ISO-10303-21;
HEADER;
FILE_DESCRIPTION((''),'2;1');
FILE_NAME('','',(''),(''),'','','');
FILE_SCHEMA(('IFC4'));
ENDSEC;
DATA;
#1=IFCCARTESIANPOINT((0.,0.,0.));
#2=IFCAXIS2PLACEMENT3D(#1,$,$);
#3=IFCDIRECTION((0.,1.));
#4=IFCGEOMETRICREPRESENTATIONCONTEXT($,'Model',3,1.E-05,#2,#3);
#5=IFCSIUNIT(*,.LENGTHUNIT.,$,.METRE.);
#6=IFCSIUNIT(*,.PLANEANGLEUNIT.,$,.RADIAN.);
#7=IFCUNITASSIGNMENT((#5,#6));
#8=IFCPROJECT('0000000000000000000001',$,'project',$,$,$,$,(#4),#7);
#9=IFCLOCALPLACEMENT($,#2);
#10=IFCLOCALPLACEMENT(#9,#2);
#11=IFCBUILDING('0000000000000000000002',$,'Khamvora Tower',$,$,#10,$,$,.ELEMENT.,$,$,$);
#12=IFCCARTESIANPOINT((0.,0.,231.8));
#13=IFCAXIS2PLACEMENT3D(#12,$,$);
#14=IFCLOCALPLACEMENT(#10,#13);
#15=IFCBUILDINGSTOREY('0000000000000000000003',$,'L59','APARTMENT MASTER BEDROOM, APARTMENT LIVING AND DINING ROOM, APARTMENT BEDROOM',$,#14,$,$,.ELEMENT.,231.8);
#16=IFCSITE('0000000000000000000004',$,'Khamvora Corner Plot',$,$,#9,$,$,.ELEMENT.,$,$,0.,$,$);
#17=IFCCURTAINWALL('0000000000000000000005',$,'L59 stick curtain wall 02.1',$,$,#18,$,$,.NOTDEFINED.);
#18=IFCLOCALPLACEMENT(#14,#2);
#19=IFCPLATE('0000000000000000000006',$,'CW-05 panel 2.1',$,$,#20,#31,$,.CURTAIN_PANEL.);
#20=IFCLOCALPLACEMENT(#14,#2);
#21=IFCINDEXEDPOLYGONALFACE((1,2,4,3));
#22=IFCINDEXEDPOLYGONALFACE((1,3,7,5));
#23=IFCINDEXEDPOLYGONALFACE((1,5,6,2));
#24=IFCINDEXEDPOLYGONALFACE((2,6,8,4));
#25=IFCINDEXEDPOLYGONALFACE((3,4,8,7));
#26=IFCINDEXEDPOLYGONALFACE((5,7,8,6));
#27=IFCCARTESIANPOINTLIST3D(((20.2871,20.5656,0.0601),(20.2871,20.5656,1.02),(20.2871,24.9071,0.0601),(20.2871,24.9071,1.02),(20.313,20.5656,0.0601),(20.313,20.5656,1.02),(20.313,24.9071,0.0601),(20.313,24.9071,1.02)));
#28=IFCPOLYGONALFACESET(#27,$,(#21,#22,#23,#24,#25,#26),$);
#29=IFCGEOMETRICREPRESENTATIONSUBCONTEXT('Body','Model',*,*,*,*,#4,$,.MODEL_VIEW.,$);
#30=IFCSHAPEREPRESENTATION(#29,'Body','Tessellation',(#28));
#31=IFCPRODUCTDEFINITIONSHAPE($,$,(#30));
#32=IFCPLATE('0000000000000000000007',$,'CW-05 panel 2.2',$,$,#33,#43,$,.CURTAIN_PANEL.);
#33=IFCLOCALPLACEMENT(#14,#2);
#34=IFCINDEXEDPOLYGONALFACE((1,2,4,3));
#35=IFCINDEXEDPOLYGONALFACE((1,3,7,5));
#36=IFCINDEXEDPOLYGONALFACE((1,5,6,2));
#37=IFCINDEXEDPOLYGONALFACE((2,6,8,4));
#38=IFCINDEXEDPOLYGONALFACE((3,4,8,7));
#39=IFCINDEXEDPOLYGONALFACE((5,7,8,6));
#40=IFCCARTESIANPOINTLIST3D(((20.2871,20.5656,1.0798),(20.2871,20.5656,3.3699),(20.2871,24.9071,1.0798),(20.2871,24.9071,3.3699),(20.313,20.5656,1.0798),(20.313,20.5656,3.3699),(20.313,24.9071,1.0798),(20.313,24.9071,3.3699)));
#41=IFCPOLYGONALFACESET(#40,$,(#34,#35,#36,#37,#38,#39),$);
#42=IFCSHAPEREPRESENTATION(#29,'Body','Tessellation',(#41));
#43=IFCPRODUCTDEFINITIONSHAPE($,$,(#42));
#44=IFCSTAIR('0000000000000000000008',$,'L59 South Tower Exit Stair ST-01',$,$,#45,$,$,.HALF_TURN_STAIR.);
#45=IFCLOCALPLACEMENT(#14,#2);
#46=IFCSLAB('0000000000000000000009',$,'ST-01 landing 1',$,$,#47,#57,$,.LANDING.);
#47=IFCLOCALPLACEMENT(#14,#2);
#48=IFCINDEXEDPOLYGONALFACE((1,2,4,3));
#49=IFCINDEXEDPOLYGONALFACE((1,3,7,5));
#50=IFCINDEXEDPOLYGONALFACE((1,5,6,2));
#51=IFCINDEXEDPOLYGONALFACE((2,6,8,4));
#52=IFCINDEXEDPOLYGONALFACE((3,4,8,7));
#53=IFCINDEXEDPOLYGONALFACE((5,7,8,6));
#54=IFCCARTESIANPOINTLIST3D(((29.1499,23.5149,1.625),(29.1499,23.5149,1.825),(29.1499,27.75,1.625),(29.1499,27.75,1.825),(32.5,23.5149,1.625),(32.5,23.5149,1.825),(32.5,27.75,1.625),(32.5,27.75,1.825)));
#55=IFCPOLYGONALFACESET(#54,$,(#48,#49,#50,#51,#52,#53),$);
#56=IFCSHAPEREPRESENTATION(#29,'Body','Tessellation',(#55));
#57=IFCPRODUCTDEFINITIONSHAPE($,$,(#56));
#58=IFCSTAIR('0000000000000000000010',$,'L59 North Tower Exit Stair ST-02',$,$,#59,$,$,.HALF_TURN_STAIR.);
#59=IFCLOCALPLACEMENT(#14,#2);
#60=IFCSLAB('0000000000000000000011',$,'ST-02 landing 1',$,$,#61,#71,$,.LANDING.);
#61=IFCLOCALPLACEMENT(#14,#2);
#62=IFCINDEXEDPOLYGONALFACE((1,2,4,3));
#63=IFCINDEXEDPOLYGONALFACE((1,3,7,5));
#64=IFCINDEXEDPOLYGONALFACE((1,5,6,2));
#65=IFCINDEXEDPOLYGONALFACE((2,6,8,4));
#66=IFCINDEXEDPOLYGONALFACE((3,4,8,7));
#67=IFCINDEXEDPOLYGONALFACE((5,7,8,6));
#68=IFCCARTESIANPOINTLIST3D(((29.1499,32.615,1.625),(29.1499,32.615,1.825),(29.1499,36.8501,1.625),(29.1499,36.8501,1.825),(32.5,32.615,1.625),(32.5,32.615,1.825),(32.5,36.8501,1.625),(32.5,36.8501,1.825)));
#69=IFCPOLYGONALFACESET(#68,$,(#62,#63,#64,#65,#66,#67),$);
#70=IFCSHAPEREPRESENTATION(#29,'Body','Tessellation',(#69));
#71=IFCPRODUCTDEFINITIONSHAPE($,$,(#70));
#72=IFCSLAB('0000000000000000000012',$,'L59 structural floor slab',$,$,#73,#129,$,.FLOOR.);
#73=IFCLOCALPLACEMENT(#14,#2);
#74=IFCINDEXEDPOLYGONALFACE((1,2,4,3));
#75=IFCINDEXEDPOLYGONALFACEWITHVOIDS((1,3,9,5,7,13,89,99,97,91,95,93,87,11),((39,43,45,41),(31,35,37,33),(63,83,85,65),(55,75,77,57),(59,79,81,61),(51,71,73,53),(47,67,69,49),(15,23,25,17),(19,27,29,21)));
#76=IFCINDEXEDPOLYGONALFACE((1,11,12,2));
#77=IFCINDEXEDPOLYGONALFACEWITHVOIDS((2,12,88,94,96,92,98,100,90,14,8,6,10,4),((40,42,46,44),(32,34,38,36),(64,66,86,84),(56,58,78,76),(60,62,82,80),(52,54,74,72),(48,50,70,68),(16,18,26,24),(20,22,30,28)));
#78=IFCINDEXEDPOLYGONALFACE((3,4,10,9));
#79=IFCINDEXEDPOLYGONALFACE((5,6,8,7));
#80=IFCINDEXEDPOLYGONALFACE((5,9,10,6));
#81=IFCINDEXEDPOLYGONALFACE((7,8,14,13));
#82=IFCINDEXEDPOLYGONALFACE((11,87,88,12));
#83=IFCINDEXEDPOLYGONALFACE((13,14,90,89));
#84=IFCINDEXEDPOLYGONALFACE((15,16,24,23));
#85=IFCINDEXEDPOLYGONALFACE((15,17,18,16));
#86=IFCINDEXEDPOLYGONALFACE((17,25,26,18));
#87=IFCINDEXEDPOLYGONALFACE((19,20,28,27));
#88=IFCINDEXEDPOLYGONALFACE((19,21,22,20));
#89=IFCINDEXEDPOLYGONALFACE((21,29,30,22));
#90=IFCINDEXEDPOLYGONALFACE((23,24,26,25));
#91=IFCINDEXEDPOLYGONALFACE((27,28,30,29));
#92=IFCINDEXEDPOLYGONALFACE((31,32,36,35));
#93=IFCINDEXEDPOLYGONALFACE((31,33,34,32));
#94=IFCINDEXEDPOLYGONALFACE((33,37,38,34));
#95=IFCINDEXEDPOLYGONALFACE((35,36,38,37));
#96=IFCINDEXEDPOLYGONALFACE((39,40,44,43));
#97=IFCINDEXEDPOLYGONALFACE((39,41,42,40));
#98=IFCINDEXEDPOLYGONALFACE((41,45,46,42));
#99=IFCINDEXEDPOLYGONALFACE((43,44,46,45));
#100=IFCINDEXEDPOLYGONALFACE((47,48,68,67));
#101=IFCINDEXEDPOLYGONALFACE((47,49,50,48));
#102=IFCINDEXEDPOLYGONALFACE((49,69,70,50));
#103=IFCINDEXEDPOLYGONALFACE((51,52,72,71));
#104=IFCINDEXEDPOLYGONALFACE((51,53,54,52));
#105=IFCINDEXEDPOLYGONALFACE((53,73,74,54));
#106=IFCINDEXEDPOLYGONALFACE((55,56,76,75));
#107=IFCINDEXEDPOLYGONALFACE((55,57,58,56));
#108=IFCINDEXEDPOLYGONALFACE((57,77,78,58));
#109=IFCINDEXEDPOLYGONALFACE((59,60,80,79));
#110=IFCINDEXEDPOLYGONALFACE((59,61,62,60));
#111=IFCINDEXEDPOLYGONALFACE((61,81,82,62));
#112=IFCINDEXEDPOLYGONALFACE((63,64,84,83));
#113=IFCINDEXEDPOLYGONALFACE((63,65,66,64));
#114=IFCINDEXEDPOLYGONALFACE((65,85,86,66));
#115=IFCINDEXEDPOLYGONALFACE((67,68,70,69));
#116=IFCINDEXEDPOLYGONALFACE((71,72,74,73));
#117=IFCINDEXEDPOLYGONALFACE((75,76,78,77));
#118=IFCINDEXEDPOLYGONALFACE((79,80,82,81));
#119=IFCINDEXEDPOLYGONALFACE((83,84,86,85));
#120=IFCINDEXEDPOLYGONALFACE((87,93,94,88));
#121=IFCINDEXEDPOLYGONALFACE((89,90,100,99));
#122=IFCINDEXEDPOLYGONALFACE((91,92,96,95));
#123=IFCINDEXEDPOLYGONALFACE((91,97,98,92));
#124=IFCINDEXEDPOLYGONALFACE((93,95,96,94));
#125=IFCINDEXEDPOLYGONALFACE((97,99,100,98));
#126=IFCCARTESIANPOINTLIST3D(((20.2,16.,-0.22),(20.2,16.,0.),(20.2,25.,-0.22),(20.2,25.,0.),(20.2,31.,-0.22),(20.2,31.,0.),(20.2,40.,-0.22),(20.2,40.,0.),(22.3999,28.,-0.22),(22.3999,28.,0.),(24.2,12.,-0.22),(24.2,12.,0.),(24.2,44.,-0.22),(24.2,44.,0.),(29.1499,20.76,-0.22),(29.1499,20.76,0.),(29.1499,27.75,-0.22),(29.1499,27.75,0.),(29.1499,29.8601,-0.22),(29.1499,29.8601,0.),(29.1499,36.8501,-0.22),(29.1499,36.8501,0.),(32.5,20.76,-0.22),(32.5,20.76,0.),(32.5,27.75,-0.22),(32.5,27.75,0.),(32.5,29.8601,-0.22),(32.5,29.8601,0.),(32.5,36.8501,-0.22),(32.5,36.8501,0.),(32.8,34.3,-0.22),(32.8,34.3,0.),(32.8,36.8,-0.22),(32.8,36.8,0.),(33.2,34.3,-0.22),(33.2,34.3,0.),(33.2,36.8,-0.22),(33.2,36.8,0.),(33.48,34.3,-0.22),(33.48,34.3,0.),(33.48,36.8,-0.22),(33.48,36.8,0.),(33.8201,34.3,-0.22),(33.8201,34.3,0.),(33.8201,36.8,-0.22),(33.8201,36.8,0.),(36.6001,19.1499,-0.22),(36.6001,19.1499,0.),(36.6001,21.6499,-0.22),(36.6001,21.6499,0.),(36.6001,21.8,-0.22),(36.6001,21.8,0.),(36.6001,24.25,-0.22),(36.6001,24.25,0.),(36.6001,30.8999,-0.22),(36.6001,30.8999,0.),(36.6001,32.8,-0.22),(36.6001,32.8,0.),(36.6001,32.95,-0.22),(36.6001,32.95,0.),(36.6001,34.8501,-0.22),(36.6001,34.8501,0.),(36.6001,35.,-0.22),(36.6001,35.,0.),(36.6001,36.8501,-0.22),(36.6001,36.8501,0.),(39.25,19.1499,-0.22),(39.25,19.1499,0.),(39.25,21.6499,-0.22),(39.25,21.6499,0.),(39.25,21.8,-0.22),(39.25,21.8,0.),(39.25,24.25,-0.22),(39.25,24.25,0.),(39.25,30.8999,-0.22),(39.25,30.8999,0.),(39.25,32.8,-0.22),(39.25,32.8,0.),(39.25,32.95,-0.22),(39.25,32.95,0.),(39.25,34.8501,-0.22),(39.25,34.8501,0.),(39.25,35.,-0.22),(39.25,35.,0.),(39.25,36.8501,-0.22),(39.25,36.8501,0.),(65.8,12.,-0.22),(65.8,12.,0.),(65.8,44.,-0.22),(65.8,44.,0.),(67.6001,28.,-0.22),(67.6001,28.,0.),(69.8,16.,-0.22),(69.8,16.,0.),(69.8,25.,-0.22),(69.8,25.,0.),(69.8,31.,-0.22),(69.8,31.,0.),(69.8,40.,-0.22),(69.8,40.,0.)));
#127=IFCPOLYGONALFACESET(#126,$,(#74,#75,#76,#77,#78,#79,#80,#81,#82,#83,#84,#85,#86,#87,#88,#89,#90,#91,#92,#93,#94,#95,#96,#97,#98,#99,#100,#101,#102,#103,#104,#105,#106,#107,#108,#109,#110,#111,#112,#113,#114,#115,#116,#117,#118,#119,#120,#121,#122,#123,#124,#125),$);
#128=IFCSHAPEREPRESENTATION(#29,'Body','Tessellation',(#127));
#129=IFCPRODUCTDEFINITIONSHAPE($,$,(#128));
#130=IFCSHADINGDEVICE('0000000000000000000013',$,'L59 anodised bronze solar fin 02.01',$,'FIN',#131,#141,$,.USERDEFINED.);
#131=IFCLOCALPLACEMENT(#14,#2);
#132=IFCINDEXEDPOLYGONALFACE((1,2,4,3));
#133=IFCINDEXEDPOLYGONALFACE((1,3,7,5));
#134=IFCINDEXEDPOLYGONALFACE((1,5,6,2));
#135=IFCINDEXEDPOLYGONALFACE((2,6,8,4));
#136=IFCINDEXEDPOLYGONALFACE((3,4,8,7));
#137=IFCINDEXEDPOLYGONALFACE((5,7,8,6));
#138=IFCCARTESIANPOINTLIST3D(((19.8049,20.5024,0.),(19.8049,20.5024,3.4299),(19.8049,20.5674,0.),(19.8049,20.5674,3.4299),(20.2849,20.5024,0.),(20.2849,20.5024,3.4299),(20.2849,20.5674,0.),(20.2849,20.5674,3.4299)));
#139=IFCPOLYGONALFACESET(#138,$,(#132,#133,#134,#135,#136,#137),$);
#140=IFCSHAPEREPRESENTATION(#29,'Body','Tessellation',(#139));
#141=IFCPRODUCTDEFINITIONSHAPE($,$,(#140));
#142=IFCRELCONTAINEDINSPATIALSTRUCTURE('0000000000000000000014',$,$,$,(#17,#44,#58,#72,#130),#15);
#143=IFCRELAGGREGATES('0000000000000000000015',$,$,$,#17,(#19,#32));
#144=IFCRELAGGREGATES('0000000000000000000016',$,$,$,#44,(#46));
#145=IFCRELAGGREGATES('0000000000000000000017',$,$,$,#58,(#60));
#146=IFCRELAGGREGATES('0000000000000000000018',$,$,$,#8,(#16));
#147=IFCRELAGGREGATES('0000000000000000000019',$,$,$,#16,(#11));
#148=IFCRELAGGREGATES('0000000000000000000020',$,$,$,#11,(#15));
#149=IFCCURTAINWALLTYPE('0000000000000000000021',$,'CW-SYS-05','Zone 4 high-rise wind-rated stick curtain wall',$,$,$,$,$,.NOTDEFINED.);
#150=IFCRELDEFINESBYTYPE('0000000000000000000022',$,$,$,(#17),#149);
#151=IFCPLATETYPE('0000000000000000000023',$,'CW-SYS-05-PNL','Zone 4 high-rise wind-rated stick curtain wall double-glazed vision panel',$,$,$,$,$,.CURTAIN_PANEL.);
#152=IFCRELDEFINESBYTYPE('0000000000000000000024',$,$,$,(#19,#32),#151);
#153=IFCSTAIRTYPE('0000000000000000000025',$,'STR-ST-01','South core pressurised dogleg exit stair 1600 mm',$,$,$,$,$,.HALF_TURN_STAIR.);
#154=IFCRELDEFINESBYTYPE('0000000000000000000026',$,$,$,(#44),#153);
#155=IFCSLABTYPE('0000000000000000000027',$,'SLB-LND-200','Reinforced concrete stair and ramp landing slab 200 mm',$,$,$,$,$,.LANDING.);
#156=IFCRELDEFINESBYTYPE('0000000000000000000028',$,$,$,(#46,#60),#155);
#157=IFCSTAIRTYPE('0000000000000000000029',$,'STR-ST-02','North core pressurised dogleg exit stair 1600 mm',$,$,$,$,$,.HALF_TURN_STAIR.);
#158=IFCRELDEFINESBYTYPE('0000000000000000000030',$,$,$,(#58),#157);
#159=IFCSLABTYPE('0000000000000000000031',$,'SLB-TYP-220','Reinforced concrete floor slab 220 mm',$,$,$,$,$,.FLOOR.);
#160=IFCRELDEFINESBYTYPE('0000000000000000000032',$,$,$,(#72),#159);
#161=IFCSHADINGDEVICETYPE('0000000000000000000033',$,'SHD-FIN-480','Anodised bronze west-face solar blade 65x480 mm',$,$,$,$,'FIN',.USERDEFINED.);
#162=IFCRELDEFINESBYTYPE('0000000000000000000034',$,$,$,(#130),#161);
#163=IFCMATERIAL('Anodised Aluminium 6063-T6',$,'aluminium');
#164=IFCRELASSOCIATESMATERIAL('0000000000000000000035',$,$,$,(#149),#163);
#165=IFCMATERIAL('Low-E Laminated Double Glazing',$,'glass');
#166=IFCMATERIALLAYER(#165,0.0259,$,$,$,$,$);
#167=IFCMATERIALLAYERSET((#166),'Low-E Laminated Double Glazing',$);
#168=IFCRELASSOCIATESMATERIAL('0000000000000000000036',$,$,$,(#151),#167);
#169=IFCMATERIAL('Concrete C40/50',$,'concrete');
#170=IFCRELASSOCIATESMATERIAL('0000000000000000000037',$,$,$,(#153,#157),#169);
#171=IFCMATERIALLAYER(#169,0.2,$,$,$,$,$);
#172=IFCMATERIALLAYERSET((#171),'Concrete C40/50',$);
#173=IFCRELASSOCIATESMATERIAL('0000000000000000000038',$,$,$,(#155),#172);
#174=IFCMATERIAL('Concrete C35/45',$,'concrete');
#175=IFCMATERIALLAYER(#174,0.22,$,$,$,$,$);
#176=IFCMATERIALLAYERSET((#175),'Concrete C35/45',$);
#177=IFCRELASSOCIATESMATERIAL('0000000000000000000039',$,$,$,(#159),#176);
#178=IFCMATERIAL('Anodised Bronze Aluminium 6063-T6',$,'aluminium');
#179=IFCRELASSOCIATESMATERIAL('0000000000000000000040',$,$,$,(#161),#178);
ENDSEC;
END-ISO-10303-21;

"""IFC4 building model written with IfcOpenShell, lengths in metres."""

from ifc_helpers import new_model, si_unit, direction, frame, origin, origin_2d, place, context, subcontext, project, spatial, polyline, rectangle, outline, extrude, material, layer, layer_set, type_object, element, aggregate, save


model = new_model("IFC4")

# Units and contexts
model_context = context("Model", 3, precision=1e-05, world=origin(), true_north=direction((0.0, 1.0)))
body_context = subcontext(model_context, "Body", "Model", "MODEL_VIEW")
ifc_project = project(units=[si_unit("LENGTHUNIT", "METRE"), si_unit("PLANEANGLEUNIT", "RADIAN")], contexts=[model_context])

# Site, building, storey
site_placement = place(None, origin())
site = spatial("IfcSite", under=ifc_project, at=site_placement, Name="Khamvora Corner Plot", CompositionType="ELEMENT", RefElevation=0.0)
building_placement = place(site_placement, origin())
building = spatial("IfcBuilding", under=site, at=building_placement, Name="Khamvora Tower", CompositionType="ELEMENT")
storey_placement = place(building_placement, frame((0.0, 0.0, 231.8)))
storey = spatial("IfcBuildingStorey", under=building, at=storey_placement, Name="L59", Description="APARTMENT MASTER BEDROOM, APARTMENT LIVING AND DINING ROOM, APARTMENT BEDROOM", CompositionType="ELEMENT", Elevation=231.8)

# Curtain wall, plates
ifc_material_1 = material(Name="Anodised Aluminium 6063-T6", Category="aluminium")
curtain_wall_type = type_object("IfcCurtainWallType", Name="CW-SYS-05", Description="Zone 4 high-rise wind-rated stick curtain wall", PredefinedType="NOTDEFINED", material=ifc_material_1)
curtain_wall_placement = place(storey_placement, origin())
curtain_wall = element("IfcCurtainWall", 1, at=curtain_wall_placement, inside=storey, type_object=curtain_wall_type, Name="L59 stick curtain wall 02.1", PredefinedType="NOTDEFINED")
ifc_material_2 = material(Name="Low-E Laminated Double Glazing", Category="glass")
ifc_layer_1 = layer(ifc_material_2, 0.0259)
ifc_layer_set_1 = layer_set([ifc_layer_1], Name="Low-E Laminated Double Glazing")
plate_type = type_object("IfcPlateType", Name="CW-SYS-05-PNL", Description="Zone 4 high-rise wind-rated stick curtain wall double-glazed vision panel", PredefinedType="CURTAIN_PANEL", material=ifc_layer_set_1)
plate_1_placement = place(storey_placement, frame((20.3, 22.7363, 0.0601), z_axis=(0.0, 0.0, 1.0), x_axis=(0.0, 1.0, 0.0)))
plate_1 = element("IfcPlate", 2, at=plate_1_placement, type_object=plate_type, Name="CW-05 panel 2.1", PredefinedType="CURTAIN_PANEL", context=body_context, shape_type="SweptSolid", body=[
    extrude(rectangle(XDim=4.3416, YDim=0.0259, at=origin_2d()), origin(), (0.0, 0.0, 1.0), 0.96),
])
plate_2_placement = place(storey_placement, frame((20.3, 22.7363, 1.0798), z_axis=(0.0, 0.0, 1.0), x_axis=(0.0, 1.0, 0.0)))
plate_2 = element("IfcPlate", 3, at=plate_2_placement, type_object=plate_type, Name="CW-05 panel 2.2", PredefinedType="CURTAIN_PANEL", context=body_context, shape_type="SweptSolid", body=[
    extrude(rectangle(XDim=4.3416, YDim=0.0259, at=origin_2d()), origin(), (0.0, 0.0, 1.0), 2.29),
])
aggregate(curtain_wall, [plate_1, plate_2])

# Stairs, slabs
ifc_material_3 = material(Name="Concrete C40/50", Category="concrete")
stair_type_1 = type_object("IfcStairType", Name="STR-ST-01", Description="South core pressurised dogleg exit stair 1600 mm", PredefinedType="HALF_TURN_STAIR", material=ifc_material_3)
stair_1_placement = place(storey_placement, origin())
stair_1 = element("IfcStair", 4, at=stair_1_placement, inside=storey, type_object=stair_type_1, Name="L59 South Tower Exit Stair ST-01", PredefinedType="HALF_TURN_STAIR")
ifc_layer_2 = layer(ifc_material_3, 0.2)
ifc_layer_set_2 = layer_set([ifc_layer_2], Name="Concrete C40/50")
slab_type_1 = type_object("IfcSlabType", Name="SLB-LND-200", Description="Reinforced concrete stair and ramp landing slab 200 mm", PredefinedType="LANDING", material=ifc_layer_set_2)
slab_1_placement = place(storey_placement, frame((0.0, 0.0, 1.625)))
slab_1 = element("IfcSlab", 5, at=slab_1_placement, type_object=slab_type_1, Name="ST-01 landing 1", PredefinedType="LANDING", context=body_context, shape_type="SweptSolid", body=[
    extrude(outline(polyline([(32.5, 23.5149), (32.5, 27.75), (29.1499, 27.75), (29.1499, 23.5149), (32.5, 23.5149)])), origin(), (0.0, 0.0, 1.0), 0.2),
])
aggregate(stair_1, [slab_1])
stair_type_2 = type_object("IfcStairType", Name="STR-ST-02", Description="North core pressurised dogleg exit stair 1600 mm", PredefinedType="HALF_TURN_STAIR", material=ifc_material_3)
stair_2_placement = place(storey_placement, origin())
stair_2 = element("IfcStair", 6, at=stair_2_placement, inside=storey, type_object=stair_type_2, Name="L59 North Tower Exit Stair ST-02", PredefinedType="HALF_TURN_STAIR")
slab_2_placement = place(storey_placement, frame((0.0, 0.0, 1.625)))
slab_2 = element("IfcSlab", 7, at=slab_2_placement, type_object=slab_type_1, Name="ST-02 landing 1", PredefinedType="LANDING", context=body_context, shape_type="SweptSolid", body=[
    extrude(outline(polyline([(32.5, 32.615), (32.5, 36.8501), (29.1499, 36.8501), (29.1499, 32.615), (32.5, 32.615)])), origin(), (0.0, 0.0, 1.0), 0.2),
])
aggregate(stair_2, [slab_2])

# Slab
ifc_material_4 = material(Name="Concrete C35/45", Category="concrete")
ifc_layer_3 = layer(ifc_material_4, 0.22)
ifc_layer_set_3 = layer_set([ifc_layer_3], Name="Concrete C35/45")
slab_type_2 = type_object("IfcSlabType", Name="SLB-TYP-220", Description="Reinforced concrete floor slab 220 mm", PredefinedType="FLOOR", material=ifc_layer_set_3)
slab_3_placement = place(storey_placement, frame((0.0, 0.0, -0.22)))
element("IfcSlab", 8, at=slab_3_placement, inside=storey, type_object=slab_type_2, Name="L59 structural floor slab", PredefinedType="FLOOR", context=body_context, shape_type="SweptSolid", body=[
    extrude(outline(polyline([(24.2, 12.0), (65.8, 12.0), (69.8, 16.0), (69.8, 25.0), (67.6001, 28.0), (69.8, 31.0), (69.8, 40.0), (65.8, 44.0), (24.2, 44.0), (20.2, 40.0), (20.2, 31.0), (22.3999, 28.0), (20.2, 25.0), (20.2, 16.0), (24.2, 12.0)]), holes=[polyline([(32.5, 20.76), (32.5, 27.75), (29.1499, 27.75), (29.1499, 20.76), (32.5, 20.76)]), polyline([(32.5, 29.8601), (32.5, 36.8501), (29.1499, 36.8501), (29.1499, 29.8601), (32.5, 29.8601)]), polyline([(36.6001, 19.1499), (39.25, 19.1499), (39.25, 21.6499), (36.6001, 21.6499), (36.6001, 19.1499)]), polyline([(36.6001, 21.8), (39.25, 21.8), (39.25, 24.25), (36.6001, 24.25), (36.6001, 21.8)]), polyline([(36.6001, 30.8999), (39.25, 30.8999), (39.25, 32.8), (36.6001, 32.8), (36.6001, 30.8999)]), polyline([(36.6001, 32.95), (39.25, 32.95), (39.25, 34.8501), (36.6001, 34.8501), (36.6001, 32.95)]), polyline([(36.6001, 35.0), (39.25, 35.0), (39.25, 36.8501), (36.6001, 36.8501), (36.6001, 35.0)]), polyline([(32.8, 34.3), (33.2, 34.3), (33.2, 36.8), (32.8, 36.8), (32.8, 34.3)]), polyline([(33.48, 34.3), (33.8201, 34.3), (33.8201, 36.8), (33.48, 36.8), (33.48, 34.3)])]), origin(), (0.0, 0.0, 1.0), 0.22),
])

# Shading device
ifc_material_5 = material(Name="Anodised Bronze Aluminium 6063-T6", Category="aluminium")
shading_device_type = type_object("IfcShadingDeviceType", Name="SHD-FIN-480", Description="Anodised bronze west-face solar blade 65x480 mm", ElementType="FIN", PredefinedType="USERDEFINED", material=ifc_material_5)
shading_device_placement = place(storey_placement, frame((20.0449, 20.5349, 0.0), z_axis=(0.0, 0.0, 1.0), x_axis=(0.0, 1.0, 0.0)))
element("IfcShadingDevice", 9, at=shading_device_placement, inside=storey, type_object=shading_device_type, Name="L59 anodised bronze solar fin 02.01", ObjectType="FIN", PredefinedType="USERDEFINED", context=body_context, shape_type="SweptSolid", body=[
    extrude(rectangle(XDim=0.0649, YDim=0.48, at=origin_2d()), origin(), (0.0, 0.0, 1.0), 3.4299),
])

save(model, "model.ifc")
